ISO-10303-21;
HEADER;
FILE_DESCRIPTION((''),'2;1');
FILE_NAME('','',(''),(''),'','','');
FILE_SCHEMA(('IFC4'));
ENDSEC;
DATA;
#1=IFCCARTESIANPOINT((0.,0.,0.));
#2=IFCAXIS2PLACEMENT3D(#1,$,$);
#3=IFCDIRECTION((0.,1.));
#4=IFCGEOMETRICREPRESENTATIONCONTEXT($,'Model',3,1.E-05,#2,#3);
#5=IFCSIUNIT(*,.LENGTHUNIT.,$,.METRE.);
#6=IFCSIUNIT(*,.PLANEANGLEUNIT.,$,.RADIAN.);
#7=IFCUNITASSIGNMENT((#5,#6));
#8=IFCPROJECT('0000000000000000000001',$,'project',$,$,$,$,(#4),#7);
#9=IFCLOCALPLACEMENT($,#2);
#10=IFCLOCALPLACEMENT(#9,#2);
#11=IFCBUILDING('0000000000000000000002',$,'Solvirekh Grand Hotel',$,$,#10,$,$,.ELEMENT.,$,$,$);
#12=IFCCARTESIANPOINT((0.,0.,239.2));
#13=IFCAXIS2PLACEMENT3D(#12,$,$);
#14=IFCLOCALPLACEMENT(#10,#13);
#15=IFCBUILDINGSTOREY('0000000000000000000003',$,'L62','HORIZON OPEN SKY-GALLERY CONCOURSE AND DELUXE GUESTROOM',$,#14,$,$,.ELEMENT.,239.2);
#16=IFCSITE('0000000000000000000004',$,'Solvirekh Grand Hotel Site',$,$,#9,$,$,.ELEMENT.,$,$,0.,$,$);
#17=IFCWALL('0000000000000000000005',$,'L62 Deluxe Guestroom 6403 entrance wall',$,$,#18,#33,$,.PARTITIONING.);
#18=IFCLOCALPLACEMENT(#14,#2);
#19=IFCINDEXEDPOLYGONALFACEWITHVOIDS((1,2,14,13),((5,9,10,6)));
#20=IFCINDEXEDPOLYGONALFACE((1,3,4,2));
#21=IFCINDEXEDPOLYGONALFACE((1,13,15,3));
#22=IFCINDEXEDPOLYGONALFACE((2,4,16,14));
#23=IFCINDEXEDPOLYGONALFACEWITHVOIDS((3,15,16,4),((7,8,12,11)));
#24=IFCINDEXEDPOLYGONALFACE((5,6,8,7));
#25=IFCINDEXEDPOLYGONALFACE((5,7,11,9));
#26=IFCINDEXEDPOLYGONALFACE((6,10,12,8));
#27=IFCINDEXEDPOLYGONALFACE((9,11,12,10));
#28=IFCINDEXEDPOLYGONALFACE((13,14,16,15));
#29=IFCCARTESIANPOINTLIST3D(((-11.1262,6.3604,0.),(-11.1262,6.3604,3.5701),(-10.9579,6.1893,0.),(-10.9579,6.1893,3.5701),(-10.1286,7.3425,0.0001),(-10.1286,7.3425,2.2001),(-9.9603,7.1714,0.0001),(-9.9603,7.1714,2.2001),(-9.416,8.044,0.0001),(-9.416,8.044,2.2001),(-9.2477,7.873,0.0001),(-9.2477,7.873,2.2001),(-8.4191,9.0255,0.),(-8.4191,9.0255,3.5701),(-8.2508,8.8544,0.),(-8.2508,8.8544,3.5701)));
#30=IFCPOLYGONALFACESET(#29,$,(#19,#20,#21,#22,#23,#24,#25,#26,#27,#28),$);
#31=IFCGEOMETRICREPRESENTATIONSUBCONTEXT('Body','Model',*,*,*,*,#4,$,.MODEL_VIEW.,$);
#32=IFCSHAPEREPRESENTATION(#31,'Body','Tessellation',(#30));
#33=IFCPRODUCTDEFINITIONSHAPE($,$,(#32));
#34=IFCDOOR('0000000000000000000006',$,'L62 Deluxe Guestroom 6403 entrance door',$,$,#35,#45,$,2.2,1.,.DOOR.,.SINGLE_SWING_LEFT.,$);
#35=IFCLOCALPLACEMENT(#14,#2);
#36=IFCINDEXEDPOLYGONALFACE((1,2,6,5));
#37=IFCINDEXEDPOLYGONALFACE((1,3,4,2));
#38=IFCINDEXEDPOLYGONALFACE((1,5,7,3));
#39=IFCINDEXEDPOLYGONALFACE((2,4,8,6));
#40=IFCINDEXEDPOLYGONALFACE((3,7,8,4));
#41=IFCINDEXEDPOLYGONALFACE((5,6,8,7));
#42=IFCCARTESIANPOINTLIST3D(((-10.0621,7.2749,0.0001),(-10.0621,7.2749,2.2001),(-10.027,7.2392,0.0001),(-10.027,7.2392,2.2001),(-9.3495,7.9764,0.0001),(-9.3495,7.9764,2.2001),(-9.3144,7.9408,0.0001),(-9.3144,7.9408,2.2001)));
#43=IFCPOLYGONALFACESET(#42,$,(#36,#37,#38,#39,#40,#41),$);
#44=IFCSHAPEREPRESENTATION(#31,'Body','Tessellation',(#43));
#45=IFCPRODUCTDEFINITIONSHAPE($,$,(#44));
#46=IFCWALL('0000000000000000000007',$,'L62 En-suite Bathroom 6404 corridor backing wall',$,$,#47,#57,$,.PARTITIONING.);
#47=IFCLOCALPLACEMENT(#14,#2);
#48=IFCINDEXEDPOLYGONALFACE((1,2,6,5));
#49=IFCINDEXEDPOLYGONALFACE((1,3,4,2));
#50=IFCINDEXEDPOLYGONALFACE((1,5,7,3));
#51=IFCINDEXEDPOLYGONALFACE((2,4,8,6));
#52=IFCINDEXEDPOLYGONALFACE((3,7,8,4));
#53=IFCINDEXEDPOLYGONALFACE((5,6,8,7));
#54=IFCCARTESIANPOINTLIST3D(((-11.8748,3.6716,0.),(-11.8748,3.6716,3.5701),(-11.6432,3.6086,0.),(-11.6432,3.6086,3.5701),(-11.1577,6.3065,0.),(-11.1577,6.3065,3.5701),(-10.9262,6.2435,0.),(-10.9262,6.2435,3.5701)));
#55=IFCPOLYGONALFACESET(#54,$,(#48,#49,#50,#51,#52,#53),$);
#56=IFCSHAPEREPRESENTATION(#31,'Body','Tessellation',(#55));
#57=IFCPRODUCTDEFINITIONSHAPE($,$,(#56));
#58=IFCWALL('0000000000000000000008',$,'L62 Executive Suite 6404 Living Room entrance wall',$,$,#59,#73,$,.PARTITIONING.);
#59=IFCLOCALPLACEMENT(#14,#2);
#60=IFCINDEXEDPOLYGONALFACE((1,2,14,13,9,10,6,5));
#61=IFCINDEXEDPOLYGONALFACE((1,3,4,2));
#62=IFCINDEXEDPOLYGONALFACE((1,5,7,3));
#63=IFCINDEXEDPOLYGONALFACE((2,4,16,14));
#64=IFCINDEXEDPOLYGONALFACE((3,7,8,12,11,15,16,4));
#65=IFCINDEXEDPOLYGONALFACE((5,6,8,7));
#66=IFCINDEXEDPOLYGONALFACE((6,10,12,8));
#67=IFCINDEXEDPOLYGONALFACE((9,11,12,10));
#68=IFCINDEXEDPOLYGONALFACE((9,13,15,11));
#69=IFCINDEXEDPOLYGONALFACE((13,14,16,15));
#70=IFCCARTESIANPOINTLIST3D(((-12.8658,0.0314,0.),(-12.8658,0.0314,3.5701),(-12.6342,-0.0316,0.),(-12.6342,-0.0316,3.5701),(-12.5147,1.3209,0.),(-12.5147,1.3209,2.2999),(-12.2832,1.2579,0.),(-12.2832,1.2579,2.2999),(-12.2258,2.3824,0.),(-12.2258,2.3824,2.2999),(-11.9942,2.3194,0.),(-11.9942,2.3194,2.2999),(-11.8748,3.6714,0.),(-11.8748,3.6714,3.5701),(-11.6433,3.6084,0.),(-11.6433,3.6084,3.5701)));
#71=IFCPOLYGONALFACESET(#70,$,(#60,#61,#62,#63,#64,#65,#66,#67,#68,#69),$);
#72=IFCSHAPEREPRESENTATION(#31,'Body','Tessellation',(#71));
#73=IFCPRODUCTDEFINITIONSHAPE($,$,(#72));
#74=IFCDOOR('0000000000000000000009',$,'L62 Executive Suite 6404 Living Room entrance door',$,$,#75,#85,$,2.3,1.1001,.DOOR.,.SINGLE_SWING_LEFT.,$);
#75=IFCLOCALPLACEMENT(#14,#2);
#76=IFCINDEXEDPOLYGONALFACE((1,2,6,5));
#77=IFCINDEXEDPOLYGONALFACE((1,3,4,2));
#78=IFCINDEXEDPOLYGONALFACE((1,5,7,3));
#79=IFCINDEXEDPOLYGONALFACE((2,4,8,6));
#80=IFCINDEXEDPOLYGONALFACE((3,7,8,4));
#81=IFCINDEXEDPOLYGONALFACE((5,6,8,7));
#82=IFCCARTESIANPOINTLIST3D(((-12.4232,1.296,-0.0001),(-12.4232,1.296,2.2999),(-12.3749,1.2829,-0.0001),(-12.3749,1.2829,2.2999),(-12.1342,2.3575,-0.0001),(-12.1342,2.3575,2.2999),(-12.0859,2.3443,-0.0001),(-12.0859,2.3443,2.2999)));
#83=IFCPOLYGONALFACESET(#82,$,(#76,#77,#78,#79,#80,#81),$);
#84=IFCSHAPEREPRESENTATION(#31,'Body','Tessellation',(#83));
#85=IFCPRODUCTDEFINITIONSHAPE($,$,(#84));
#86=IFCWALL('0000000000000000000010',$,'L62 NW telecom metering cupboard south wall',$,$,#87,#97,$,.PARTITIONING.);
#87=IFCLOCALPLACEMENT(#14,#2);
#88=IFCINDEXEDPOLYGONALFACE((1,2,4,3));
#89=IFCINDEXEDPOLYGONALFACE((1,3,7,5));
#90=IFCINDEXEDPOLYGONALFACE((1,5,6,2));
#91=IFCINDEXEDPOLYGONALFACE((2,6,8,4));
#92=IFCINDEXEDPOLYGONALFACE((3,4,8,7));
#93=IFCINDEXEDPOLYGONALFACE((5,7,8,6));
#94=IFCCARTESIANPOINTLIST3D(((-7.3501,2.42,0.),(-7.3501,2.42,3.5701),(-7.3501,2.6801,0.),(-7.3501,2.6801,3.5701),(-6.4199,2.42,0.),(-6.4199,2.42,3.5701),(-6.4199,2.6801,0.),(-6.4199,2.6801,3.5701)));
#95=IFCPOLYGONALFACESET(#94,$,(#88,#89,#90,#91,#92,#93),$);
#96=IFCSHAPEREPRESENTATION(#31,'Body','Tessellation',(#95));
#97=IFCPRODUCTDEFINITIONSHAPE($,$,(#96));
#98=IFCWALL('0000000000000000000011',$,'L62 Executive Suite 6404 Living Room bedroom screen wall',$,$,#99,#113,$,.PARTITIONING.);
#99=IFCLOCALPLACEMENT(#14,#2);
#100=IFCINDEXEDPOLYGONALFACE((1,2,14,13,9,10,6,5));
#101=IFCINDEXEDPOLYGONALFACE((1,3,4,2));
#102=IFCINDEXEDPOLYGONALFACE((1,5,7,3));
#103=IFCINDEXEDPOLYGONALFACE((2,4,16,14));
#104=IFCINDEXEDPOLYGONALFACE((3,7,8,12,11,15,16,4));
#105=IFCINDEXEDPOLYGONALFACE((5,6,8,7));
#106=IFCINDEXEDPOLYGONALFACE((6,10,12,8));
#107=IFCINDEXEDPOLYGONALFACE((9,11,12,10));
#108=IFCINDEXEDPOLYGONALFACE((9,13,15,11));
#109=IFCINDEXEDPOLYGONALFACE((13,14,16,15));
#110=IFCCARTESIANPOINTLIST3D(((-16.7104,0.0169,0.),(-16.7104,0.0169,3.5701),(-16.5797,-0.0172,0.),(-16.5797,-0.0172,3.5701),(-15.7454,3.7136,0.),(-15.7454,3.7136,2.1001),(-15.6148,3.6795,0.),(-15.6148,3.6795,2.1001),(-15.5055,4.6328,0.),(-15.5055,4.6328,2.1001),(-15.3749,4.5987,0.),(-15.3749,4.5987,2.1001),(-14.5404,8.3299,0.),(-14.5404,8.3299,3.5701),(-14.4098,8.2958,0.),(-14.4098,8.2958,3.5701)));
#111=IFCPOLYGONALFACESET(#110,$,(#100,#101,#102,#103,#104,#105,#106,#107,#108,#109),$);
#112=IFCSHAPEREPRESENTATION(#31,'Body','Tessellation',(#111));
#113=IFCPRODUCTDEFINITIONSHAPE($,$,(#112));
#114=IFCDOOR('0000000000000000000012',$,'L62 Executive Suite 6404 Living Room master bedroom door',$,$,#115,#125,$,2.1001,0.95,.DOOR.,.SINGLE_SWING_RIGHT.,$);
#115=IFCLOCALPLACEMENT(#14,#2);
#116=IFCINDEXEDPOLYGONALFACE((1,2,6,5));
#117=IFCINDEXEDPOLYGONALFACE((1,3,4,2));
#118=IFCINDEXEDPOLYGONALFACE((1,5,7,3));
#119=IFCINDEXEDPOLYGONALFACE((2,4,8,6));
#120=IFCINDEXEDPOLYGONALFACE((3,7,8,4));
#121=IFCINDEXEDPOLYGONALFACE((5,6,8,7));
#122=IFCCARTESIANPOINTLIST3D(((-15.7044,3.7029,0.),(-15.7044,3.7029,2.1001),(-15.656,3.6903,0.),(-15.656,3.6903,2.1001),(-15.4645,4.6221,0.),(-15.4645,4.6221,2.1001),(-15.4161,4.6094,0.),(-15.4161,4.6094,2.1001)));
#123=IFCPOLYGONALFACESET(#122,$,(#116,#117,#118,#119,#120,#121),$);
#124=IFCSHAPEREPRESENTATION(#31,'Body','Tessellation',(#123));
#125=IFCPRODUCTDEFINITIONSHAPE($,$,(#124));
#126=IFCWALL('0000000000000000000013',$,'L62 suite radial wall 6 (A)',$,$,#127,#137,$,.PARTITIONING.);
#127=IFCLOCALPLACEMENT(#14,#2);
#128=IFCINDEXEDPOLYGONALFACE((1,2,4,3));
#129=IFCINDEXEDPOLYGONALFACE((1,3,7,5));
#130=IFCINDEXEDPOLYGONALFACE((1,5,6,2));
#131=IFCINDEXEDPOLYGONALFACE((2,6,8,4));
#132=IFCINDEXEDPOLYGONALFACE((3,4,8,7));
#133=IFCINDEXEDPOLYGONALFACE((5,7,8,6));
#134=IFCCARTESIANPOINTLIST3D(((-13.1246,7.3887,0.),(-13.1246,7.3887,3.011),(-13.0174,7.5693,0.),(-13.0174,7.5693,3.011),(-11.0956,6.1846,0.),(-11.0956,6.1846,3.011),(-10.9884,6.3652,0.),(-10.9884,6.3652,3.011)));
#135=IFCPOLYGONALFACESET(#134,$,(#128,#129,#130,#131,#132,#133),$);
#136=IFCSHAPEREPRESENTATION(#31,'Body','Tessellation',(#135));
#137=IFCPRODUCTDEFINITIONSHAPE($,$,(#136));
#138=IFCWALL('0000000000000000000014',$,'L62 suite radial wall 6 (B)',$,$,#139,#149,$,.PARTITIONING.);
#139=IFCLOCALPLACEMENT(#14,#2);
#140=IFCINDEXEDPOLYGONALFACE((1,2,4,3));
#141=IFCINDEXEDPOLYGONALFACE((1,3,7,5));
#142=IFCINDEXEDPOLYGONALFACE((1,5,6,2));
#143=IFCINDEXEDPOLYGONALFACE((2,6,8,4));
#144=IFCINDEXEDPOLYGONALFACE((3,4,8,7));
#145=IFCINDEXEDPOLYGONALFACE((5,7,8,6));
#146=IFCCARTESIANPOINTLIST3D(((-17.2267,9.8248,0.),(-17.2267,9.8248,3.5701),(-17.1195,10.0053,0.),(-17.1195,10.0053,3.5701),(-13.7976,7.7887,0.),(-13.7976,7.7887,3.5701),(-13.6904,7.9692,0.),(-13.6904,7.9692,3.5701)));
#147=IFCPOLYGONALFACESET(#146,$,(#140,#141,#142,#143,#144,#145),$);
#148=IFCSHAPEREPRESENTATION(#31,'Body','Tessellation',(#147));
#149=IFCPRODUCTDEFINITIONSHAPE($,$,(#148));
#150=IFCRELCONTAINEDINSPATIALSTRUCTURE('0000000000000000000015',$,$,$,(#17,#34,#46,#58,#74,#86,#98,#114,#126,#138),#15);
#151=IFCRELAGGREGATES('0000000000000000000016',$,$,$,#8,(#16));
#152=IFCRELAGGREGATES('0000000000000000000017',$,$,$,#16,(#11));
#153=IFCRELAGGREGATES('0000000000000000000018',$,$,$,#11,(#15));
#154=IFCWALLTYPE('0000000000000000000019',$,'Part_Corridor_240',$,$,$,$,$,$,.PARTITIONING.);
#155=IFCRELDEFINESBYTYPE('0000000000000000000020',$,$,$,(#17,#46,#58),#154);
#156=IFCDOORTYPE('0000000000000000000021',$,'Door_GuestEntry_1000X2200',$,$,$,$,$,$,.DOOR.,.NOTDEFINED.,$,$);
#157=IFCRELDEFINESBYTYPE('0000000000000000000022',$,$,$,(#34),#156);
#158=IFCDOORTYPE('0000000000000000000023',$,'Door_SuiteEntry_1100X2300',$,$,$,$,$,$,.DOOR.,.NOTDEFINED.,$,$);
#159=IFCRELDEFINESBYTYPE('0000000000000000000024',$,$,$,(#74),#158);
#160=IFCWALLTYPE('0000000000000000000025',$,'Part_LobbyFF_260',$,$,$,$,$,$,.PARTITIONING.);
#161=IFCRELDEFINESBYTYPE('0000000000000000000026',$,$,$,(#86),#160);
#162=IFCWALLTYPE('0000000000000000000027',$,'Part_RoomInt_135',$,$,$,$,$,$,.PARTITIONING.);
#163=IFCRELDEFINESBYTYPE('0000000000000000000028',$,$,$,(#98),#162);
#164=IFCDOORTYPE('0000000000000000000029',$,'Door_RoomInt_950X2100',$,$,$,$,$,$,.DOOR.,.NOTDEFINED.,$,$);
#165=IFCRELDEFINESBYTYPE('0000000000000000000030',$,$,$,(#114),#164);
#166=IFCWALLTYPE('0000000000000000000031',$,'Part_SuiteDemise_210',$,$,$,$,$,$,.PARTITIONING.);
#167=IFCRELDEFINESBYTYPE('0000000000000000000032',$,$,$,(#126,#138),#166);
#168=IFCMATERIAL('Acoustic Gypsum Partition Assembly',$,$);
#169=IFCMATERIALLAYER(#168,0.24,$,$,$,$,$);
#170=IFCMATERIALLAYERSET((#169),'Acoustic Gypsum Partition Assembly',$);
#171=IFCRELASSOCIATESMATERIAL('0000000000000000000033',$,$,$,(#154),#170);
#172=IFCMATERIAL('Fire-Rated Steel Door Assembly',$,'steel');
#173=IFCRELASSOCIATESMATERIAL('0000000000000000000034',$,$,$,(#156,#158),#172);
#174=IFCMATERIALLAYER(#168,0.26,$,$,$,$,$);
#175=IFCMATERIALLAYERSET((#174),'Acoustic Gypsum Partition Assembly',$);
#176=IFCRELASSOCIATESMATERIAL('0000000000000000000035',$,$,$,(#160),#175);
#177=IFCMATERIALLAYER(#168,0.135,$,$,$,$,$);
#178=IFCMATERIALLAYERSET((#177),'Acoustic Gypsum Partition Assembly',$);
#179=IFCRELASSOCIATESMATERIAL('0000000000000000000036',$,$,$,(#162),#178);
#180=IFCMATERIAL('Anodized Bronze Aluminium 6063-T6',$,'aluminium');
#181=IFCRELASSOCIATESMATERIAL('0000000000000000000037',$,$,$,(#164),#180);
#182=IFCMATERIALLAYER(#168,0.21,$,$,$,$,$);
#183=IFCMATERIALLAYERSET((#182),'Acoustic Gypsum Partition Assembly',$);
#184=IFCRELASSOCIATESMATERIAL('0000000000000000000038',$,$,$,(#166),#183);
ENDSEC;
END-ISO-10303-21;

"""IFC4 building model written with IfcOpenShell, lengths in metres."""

from ifc_helpers import new_model, si_unit, direction, frame, frame_2d, origin, place, context, subcontext, project, spatial, rectangle, extrude, material, layer, layer_set, type_object, element, fill, save


model = new_model("IFC4")

# Units and contexts
model_context = context("Model", 3, precision=1e-05, world=origin(), true_north=direction((0.0, 1.0)))
body_context = subcontext(model_context, "Body", "Model", "MODEL_VIEW")
ifc_project = project(units=[si_unit("LENGTHUNIT", "METRE"), si_unit("PLANEANGLEUNIT", "RADIAN")], contexts=[model_context])

# Site, building, storey
site_placement = place(None, origin())
site = spatial("IfcSite", under=ifc_project, at=site_placement, Name="Solvirekh Grand Hotel Site", CompositionType="ELEMENT", RefElevation=0.0)
building_placement = place(site_placement, origin())
building = spatial("IfcBuilding", under=site, at=building_placement, Name="Solvirekh Grand Hotel", CompositionType="ELEMENT")
storey_placement = place(building_placement, frame((0.0, 0.0, 239.2)))
storey = spatial("IfcBuildingStorey", under=building, at=storey_placement, Name="L62", Description="HORIZON OPEN SKY-GALLERY CONCOURSE AND DELUXE GUESTROOM", CompositionType="ELEMENT", Elevation=239.2)

# Shared definitions
ifc_material_1 = material(Name="Anodized Bronze Aluminium 6063-T6", Category="aluminium")

# Wall, opening, door
ifc_material_2 = material(Name="Acoustic Gypsum Partition Assembly")
ifc_layer_1 = layer(ifc_material_2, 0.24)
ifc_layer_set_1 = layer_set([ifc_layer_1], Name="Acoustic Gypsum Partition Assembly")
wall_type_1 = type_object("IfcWallType", Name="Part_Corridor_240", PredefinedType="PARTITIONING", material=ifc_layer_set_1)
wall_1_placement = place(storey_placement, frame((-8.335, 8.9399, 0.0), z_axis=(0.0, 0.0, 1.0), x_axis=(-0.712612, -0.701558, 0.0)))
wall_1 = element("IfcWall", 1, at=wall_1_placement, inside=storey, type_object=wall_type_1, Name="L62 Deluxe Guestroom 6403 entrance wall", PredefinedType="PARTITIONING", context=body_context, shape_type="SweptSolid", body=[
    extrude(rectangle(XDim=3.7988, YDim=0.24, at=frame_2d((1.8994, 0.0))), origin(), (0.0, 0.0, 1.0), 3.5701),
])
opening_1_placement = place(wall_1_placement, frame((1.3989, 0.0, 0.0)))
opening_1 = element("IfcOpeningElement", 2, at=opening_1_placement, cuts=wall_1, PredefinedType="OPENING", context=body_context, shape_type="SweptSolid", body=[
    extrude(rectangle(XDim=1.0, YDim=2.2, at=frame_2d((0.5, 1.1001))), frame((0.0, 0.1299, 0.0), z_axis=(0.0, -1.0, 0.0), x_axis=(1.0, 0.0, 0.0)), (0.0, 0.0, 1.0), 0.26),
])
ifc_material_3 = material(Name="Fire-Rated Steel Door Assembly", Category="steel")
door_type_1 = type_object("IfcDoorType", Name="Door_GuestEntry_1000X2200", OperationType="NOTDEFINED", PredefinedType="DOOR", material=ifc_material_3)
door_1_placement = place(opening_1_placement, origin())
door_1 = element("IfcDoor", 3, at=door_1_placement, inside=storey, type_object=door_type_1, Name="L62 Deluxe Guestroom 6403 entrance door", OperationType="SINGLE_SWING_LEFT", OverallHeight=2.2, OverallWidth=1.0, PredefinedType="DOOR", context=body_context, shape_type="SweptSolid", body=[
    extrude(rectangle(XDim=1.0, YDim=2.2, at=frame_2d((0.5, 1.1001))), frame((0.0, 0.0249, 0.0), z_axis=(0.0, -1.0, 0.0), x_axis=(1.0, 0.0, 0.0)), (0.0, 0.0, 1.0), 0.05),
])
fill(opening_1, door_1)

# Wall
wall_2_placement = place(storey_placement, frame((-11.042, 6.2749, 0.0), z_axis=(0.0, 0.0, 1.0), x_axis=(-0.262573, -0.964912, 0.0)))
element("IfcWall", 4, at=wall_2_placement, inside=storey, type_object=wall_type_1, Name="L62 En-suite Bathroom 6404 corridor backing wall", PredefinedType="PARTITIONING", context=body_context, shape_type="SweptSolid", body=[
    extrude(rectangle(XDim=2.7307, YDim=0.24, at=frame_2d((1.3652, 0.0))), origin(), (0.0, 0.0, 1.0), 3.5701),
])

# Wall, opening, door
wall_3_placement = place(storey_placement, frame((-11.759, 3.6399, 0.0), z_axis=(0.0, 0.0, 1.0), x_axis=(-0.26269, -0.96488, 0.0)))
wall_3 = element("IfcWall", 5, at=wall_3_placement, inside=storey, type_object=wall_type_1, Name="L62 Executive Suite 6404 Living Room entrance wall", PredefinedType="PARTITIONING", context=body_context, shape_type="SweptSolid", body=[
    extrude(rectangle(XDim=3.7725, YDim=0.24, at=frame_2d((1.8862, 0.0))), origin(), (0.0, 0.0, 1.0), 3.5701),
])
opening_2_placement = place(wall_3_placement, frame((1.3359, 0.0, 0.0)))
opening_2 = element("IfcOpeningElement", 6, at=opening_2_placement, cuts=wall_3, PredefinedType="OPENING", context=body_context, shape_type="SweptSolid", body=[
    extrude(rectangle(XDim=1.1001, YDim=2.3, at=frame_2d((0.55, 1.1499))), frame((0.0, 0.1299, 0.0), z_axis=(0.0, -1.0, 0.0), x_axis=(1.0, 0.0, 0.0)), (0.0, 0.0, 1.0), 0.26),
])
door_type_2 = type_object("IfcDoorType", Name="Door_SuiteEntry_1100X2300", OperationType="NOTDEFINED", PredefinedType="DOOR", material=ifc_material_3)
door_2_placement = place(opening_2_placement, origin())
door_2 = element("IfcDoor", 7, at=door_2_placement, inside=storey, type_object=door_type_2, Name="L62 Executive Suite 6404 Living Room entrance door", OperationType="SINGLE_SWING_LEFT", OverallHeight=2.3, OverallWidth=1.1001, PredefinedType="DOOR", context=body_context, shape_type="SweptSolid", body=[
    extrude(rectangle(XDim=1.1001, YDim=2.3, at=frame_2d((0.55, 1.1499))), frame((0.0, 0.0249, 0.0), z_axis=(0.0, -1.0, 0.0), x_axis=(1.0, 0.0, 0.0)), (0.0, 0.0, 1.0), 0.05),
])
fill(opening_2, door_2)

# Wall
ifc_layer_2 = layer(ifc_material_2, 0.26)
ifc_layer_set_2 = layer_set([ifc_layer_2], Name="Acoustic Gypsum Partition Assembly")
wall_type_2 = type_object("IfcWallType", Name="Part_LobbyFF_260", PredefinedType="PARTITIONING", material=ifc_layer_set_2)
wall_4_placement = place(storey_placement, frame((-7.3501, 2.55, 0.0), z_axis=(0.0, 0.0, 1.0), x_axis=(1.0, 0.0, 0.0)))
element("IfcWall", 8, at=wall_4_placement, inside=storey, type_object=wall_type_2, Name="L62 NW telecom metering cupboard south wall", PredefinedType="PARTITIONING", context=body_context, shape_type="SweptSolid", body=[
    extrude(rectangle(XDim=0.9302, YDim=0.26, at=frame_2d((0.4651, 0.0))), origin(), (0.0, 0.0, 1.0), 3.5701),
])

# Wall, opening, door
ifc_layer_3 = layer(ifc_material_2, 0.135)
ifc_layer_set_3 = layer_set([ifc_layer_3], Name="Acoustic Gypsum Partition Assembly")
wall_type_3 = type_object("IfcWallType", Name="Part_RoomInt_135", PredefinedType="PARTITIONING", material=ifc_layer_set_3)
wall_5_placement = place(storey_placement, frame((-14.4751, 8.313, 0.0), z_axis=(0.0, 0.0, 1.0), x_axis=(-0.252565, -0.96758, 0.0)))
wall_5 = element("IfcWall", 9, at=wall_5_placement, inside=storey, type_object=wall_type_3, Name="L62 Executive Suite 6404 Living Room bedroom screen wall", PredefinedType="PARTITIONING", context=body_context, shape_type="SweptSolid", body=[
    extrude(rectangle(XDim=8.5916, YDim=0.135, at=frame_2d((4.2959, 0.0))), origin(), (0.0, 0.0, 1.0), 3.5701),
])
opening_3_placement = place(wall_5_placement, frame((3.821, 0.0, 0.0)))
opening_3 = element("IfcOpeningElement", 10, at=opening_3_placement, cuts=wall_5, PredefinedType="OPENING", context=body_context, shape_type="SweptSolid", body=[
    extrude(rectangle(XDim=0.95, YDim=2.1001, at=frame_2d((0.4751, 1.05))), frame((0.0, 0.0776, 0.0), z_axis=(0.0, -1.0, 0.0), x_axis=(1.0, 0.0, 0.0)), (0.0, 0.0, 1.0), 0.155),
])
door_type_3 = type_object("IfcDoorType", Name="Door_RoomInt_950X2100", OperationType="NOTDEFINED", PredefinedType="DOOR", material=ifc_material_1)
door_3_placement = place(opening_3_placement, origin())
door_3 = element("IfcDoor", 11, at=door_3_placement, inside=storey, type_object=door_type_3, Name="L62 Executive Suite 6404 Living Room master bedroom door", OperationType="SINGLE_SWING_RIGHT", OverallHeight=2.1001, OverallWidth=0.95, PredefinedType="DOOR", context=body_context, shape_type="SweptSolid", body=[
    extrude(rectangle(XDim=0.95, YDim=2.1001, at=frame_2d((0.4751, 1.05))), frame((0.0, 0.0249, 0.0), z_axis=(0.0, -1.0, 0.0), x_axis=(1.0, 0.0, 0.0)), (0.0, 0.0, 1.0), 0.05),
])
fill(opening_3, door_3)

# Walls
ifc_layer_4 = layer(ifc_material_2, 0.21)
ifc_layer_set_4 = layer_set([ifc_layer_4], Name="Acoustic Gypsum Partition Assembly")
wall_type_4 = type_object("IfcWallType", Name="Part_SuiteDemise_210", PredefinedType="PARTITIONING", material=ifc_layer_set_4)
wall_6_placement = place(storey_placement, frame((-11.042, 6.2749, 0.0), z_axis=(0.0, 0.0, 1.0), x_axis=(-0.859975, 0.510336, 0.0)))
element("IfcWall", 12, at=wall_6_placement, inside=storey, type_object=wall_type_4, Name="L62 suite radial wall 6 (A)", PredefinedType="PARTITIONING", context=body_context, shape_type="SweptSolid", body=[
    extrude(rectangle(XDim=2.3594, YDim=0.21, at=frame_2d((1.1797, 0.0))), origin(), (0.0, 0.0, 1.0), 3.011),
])
wall_7_placement = place(storey_placement, frame((-13.7439, 7.8789, 0.0), z_axis=(0.0, 0.0, 1.0), x_axis=(-0.85985, 0.510547, 0.0)))
element("IfcWall", 13, at=wall_7_placement, inside=storey, type_object=wall_type_4, Name="L62 suite radial wall 6 (B)", PredefinedType="PARTITIONING", context=body_context, shape_type="SweptSolid", body=[
    extrude(rectangle(XDim=3.988, YDim=0.21, at=frame_2d((1.9941, 0.0))), origin(), (0.0, 0.0, 1.0), 3.5701),
])

save(model, "model.ifc")
